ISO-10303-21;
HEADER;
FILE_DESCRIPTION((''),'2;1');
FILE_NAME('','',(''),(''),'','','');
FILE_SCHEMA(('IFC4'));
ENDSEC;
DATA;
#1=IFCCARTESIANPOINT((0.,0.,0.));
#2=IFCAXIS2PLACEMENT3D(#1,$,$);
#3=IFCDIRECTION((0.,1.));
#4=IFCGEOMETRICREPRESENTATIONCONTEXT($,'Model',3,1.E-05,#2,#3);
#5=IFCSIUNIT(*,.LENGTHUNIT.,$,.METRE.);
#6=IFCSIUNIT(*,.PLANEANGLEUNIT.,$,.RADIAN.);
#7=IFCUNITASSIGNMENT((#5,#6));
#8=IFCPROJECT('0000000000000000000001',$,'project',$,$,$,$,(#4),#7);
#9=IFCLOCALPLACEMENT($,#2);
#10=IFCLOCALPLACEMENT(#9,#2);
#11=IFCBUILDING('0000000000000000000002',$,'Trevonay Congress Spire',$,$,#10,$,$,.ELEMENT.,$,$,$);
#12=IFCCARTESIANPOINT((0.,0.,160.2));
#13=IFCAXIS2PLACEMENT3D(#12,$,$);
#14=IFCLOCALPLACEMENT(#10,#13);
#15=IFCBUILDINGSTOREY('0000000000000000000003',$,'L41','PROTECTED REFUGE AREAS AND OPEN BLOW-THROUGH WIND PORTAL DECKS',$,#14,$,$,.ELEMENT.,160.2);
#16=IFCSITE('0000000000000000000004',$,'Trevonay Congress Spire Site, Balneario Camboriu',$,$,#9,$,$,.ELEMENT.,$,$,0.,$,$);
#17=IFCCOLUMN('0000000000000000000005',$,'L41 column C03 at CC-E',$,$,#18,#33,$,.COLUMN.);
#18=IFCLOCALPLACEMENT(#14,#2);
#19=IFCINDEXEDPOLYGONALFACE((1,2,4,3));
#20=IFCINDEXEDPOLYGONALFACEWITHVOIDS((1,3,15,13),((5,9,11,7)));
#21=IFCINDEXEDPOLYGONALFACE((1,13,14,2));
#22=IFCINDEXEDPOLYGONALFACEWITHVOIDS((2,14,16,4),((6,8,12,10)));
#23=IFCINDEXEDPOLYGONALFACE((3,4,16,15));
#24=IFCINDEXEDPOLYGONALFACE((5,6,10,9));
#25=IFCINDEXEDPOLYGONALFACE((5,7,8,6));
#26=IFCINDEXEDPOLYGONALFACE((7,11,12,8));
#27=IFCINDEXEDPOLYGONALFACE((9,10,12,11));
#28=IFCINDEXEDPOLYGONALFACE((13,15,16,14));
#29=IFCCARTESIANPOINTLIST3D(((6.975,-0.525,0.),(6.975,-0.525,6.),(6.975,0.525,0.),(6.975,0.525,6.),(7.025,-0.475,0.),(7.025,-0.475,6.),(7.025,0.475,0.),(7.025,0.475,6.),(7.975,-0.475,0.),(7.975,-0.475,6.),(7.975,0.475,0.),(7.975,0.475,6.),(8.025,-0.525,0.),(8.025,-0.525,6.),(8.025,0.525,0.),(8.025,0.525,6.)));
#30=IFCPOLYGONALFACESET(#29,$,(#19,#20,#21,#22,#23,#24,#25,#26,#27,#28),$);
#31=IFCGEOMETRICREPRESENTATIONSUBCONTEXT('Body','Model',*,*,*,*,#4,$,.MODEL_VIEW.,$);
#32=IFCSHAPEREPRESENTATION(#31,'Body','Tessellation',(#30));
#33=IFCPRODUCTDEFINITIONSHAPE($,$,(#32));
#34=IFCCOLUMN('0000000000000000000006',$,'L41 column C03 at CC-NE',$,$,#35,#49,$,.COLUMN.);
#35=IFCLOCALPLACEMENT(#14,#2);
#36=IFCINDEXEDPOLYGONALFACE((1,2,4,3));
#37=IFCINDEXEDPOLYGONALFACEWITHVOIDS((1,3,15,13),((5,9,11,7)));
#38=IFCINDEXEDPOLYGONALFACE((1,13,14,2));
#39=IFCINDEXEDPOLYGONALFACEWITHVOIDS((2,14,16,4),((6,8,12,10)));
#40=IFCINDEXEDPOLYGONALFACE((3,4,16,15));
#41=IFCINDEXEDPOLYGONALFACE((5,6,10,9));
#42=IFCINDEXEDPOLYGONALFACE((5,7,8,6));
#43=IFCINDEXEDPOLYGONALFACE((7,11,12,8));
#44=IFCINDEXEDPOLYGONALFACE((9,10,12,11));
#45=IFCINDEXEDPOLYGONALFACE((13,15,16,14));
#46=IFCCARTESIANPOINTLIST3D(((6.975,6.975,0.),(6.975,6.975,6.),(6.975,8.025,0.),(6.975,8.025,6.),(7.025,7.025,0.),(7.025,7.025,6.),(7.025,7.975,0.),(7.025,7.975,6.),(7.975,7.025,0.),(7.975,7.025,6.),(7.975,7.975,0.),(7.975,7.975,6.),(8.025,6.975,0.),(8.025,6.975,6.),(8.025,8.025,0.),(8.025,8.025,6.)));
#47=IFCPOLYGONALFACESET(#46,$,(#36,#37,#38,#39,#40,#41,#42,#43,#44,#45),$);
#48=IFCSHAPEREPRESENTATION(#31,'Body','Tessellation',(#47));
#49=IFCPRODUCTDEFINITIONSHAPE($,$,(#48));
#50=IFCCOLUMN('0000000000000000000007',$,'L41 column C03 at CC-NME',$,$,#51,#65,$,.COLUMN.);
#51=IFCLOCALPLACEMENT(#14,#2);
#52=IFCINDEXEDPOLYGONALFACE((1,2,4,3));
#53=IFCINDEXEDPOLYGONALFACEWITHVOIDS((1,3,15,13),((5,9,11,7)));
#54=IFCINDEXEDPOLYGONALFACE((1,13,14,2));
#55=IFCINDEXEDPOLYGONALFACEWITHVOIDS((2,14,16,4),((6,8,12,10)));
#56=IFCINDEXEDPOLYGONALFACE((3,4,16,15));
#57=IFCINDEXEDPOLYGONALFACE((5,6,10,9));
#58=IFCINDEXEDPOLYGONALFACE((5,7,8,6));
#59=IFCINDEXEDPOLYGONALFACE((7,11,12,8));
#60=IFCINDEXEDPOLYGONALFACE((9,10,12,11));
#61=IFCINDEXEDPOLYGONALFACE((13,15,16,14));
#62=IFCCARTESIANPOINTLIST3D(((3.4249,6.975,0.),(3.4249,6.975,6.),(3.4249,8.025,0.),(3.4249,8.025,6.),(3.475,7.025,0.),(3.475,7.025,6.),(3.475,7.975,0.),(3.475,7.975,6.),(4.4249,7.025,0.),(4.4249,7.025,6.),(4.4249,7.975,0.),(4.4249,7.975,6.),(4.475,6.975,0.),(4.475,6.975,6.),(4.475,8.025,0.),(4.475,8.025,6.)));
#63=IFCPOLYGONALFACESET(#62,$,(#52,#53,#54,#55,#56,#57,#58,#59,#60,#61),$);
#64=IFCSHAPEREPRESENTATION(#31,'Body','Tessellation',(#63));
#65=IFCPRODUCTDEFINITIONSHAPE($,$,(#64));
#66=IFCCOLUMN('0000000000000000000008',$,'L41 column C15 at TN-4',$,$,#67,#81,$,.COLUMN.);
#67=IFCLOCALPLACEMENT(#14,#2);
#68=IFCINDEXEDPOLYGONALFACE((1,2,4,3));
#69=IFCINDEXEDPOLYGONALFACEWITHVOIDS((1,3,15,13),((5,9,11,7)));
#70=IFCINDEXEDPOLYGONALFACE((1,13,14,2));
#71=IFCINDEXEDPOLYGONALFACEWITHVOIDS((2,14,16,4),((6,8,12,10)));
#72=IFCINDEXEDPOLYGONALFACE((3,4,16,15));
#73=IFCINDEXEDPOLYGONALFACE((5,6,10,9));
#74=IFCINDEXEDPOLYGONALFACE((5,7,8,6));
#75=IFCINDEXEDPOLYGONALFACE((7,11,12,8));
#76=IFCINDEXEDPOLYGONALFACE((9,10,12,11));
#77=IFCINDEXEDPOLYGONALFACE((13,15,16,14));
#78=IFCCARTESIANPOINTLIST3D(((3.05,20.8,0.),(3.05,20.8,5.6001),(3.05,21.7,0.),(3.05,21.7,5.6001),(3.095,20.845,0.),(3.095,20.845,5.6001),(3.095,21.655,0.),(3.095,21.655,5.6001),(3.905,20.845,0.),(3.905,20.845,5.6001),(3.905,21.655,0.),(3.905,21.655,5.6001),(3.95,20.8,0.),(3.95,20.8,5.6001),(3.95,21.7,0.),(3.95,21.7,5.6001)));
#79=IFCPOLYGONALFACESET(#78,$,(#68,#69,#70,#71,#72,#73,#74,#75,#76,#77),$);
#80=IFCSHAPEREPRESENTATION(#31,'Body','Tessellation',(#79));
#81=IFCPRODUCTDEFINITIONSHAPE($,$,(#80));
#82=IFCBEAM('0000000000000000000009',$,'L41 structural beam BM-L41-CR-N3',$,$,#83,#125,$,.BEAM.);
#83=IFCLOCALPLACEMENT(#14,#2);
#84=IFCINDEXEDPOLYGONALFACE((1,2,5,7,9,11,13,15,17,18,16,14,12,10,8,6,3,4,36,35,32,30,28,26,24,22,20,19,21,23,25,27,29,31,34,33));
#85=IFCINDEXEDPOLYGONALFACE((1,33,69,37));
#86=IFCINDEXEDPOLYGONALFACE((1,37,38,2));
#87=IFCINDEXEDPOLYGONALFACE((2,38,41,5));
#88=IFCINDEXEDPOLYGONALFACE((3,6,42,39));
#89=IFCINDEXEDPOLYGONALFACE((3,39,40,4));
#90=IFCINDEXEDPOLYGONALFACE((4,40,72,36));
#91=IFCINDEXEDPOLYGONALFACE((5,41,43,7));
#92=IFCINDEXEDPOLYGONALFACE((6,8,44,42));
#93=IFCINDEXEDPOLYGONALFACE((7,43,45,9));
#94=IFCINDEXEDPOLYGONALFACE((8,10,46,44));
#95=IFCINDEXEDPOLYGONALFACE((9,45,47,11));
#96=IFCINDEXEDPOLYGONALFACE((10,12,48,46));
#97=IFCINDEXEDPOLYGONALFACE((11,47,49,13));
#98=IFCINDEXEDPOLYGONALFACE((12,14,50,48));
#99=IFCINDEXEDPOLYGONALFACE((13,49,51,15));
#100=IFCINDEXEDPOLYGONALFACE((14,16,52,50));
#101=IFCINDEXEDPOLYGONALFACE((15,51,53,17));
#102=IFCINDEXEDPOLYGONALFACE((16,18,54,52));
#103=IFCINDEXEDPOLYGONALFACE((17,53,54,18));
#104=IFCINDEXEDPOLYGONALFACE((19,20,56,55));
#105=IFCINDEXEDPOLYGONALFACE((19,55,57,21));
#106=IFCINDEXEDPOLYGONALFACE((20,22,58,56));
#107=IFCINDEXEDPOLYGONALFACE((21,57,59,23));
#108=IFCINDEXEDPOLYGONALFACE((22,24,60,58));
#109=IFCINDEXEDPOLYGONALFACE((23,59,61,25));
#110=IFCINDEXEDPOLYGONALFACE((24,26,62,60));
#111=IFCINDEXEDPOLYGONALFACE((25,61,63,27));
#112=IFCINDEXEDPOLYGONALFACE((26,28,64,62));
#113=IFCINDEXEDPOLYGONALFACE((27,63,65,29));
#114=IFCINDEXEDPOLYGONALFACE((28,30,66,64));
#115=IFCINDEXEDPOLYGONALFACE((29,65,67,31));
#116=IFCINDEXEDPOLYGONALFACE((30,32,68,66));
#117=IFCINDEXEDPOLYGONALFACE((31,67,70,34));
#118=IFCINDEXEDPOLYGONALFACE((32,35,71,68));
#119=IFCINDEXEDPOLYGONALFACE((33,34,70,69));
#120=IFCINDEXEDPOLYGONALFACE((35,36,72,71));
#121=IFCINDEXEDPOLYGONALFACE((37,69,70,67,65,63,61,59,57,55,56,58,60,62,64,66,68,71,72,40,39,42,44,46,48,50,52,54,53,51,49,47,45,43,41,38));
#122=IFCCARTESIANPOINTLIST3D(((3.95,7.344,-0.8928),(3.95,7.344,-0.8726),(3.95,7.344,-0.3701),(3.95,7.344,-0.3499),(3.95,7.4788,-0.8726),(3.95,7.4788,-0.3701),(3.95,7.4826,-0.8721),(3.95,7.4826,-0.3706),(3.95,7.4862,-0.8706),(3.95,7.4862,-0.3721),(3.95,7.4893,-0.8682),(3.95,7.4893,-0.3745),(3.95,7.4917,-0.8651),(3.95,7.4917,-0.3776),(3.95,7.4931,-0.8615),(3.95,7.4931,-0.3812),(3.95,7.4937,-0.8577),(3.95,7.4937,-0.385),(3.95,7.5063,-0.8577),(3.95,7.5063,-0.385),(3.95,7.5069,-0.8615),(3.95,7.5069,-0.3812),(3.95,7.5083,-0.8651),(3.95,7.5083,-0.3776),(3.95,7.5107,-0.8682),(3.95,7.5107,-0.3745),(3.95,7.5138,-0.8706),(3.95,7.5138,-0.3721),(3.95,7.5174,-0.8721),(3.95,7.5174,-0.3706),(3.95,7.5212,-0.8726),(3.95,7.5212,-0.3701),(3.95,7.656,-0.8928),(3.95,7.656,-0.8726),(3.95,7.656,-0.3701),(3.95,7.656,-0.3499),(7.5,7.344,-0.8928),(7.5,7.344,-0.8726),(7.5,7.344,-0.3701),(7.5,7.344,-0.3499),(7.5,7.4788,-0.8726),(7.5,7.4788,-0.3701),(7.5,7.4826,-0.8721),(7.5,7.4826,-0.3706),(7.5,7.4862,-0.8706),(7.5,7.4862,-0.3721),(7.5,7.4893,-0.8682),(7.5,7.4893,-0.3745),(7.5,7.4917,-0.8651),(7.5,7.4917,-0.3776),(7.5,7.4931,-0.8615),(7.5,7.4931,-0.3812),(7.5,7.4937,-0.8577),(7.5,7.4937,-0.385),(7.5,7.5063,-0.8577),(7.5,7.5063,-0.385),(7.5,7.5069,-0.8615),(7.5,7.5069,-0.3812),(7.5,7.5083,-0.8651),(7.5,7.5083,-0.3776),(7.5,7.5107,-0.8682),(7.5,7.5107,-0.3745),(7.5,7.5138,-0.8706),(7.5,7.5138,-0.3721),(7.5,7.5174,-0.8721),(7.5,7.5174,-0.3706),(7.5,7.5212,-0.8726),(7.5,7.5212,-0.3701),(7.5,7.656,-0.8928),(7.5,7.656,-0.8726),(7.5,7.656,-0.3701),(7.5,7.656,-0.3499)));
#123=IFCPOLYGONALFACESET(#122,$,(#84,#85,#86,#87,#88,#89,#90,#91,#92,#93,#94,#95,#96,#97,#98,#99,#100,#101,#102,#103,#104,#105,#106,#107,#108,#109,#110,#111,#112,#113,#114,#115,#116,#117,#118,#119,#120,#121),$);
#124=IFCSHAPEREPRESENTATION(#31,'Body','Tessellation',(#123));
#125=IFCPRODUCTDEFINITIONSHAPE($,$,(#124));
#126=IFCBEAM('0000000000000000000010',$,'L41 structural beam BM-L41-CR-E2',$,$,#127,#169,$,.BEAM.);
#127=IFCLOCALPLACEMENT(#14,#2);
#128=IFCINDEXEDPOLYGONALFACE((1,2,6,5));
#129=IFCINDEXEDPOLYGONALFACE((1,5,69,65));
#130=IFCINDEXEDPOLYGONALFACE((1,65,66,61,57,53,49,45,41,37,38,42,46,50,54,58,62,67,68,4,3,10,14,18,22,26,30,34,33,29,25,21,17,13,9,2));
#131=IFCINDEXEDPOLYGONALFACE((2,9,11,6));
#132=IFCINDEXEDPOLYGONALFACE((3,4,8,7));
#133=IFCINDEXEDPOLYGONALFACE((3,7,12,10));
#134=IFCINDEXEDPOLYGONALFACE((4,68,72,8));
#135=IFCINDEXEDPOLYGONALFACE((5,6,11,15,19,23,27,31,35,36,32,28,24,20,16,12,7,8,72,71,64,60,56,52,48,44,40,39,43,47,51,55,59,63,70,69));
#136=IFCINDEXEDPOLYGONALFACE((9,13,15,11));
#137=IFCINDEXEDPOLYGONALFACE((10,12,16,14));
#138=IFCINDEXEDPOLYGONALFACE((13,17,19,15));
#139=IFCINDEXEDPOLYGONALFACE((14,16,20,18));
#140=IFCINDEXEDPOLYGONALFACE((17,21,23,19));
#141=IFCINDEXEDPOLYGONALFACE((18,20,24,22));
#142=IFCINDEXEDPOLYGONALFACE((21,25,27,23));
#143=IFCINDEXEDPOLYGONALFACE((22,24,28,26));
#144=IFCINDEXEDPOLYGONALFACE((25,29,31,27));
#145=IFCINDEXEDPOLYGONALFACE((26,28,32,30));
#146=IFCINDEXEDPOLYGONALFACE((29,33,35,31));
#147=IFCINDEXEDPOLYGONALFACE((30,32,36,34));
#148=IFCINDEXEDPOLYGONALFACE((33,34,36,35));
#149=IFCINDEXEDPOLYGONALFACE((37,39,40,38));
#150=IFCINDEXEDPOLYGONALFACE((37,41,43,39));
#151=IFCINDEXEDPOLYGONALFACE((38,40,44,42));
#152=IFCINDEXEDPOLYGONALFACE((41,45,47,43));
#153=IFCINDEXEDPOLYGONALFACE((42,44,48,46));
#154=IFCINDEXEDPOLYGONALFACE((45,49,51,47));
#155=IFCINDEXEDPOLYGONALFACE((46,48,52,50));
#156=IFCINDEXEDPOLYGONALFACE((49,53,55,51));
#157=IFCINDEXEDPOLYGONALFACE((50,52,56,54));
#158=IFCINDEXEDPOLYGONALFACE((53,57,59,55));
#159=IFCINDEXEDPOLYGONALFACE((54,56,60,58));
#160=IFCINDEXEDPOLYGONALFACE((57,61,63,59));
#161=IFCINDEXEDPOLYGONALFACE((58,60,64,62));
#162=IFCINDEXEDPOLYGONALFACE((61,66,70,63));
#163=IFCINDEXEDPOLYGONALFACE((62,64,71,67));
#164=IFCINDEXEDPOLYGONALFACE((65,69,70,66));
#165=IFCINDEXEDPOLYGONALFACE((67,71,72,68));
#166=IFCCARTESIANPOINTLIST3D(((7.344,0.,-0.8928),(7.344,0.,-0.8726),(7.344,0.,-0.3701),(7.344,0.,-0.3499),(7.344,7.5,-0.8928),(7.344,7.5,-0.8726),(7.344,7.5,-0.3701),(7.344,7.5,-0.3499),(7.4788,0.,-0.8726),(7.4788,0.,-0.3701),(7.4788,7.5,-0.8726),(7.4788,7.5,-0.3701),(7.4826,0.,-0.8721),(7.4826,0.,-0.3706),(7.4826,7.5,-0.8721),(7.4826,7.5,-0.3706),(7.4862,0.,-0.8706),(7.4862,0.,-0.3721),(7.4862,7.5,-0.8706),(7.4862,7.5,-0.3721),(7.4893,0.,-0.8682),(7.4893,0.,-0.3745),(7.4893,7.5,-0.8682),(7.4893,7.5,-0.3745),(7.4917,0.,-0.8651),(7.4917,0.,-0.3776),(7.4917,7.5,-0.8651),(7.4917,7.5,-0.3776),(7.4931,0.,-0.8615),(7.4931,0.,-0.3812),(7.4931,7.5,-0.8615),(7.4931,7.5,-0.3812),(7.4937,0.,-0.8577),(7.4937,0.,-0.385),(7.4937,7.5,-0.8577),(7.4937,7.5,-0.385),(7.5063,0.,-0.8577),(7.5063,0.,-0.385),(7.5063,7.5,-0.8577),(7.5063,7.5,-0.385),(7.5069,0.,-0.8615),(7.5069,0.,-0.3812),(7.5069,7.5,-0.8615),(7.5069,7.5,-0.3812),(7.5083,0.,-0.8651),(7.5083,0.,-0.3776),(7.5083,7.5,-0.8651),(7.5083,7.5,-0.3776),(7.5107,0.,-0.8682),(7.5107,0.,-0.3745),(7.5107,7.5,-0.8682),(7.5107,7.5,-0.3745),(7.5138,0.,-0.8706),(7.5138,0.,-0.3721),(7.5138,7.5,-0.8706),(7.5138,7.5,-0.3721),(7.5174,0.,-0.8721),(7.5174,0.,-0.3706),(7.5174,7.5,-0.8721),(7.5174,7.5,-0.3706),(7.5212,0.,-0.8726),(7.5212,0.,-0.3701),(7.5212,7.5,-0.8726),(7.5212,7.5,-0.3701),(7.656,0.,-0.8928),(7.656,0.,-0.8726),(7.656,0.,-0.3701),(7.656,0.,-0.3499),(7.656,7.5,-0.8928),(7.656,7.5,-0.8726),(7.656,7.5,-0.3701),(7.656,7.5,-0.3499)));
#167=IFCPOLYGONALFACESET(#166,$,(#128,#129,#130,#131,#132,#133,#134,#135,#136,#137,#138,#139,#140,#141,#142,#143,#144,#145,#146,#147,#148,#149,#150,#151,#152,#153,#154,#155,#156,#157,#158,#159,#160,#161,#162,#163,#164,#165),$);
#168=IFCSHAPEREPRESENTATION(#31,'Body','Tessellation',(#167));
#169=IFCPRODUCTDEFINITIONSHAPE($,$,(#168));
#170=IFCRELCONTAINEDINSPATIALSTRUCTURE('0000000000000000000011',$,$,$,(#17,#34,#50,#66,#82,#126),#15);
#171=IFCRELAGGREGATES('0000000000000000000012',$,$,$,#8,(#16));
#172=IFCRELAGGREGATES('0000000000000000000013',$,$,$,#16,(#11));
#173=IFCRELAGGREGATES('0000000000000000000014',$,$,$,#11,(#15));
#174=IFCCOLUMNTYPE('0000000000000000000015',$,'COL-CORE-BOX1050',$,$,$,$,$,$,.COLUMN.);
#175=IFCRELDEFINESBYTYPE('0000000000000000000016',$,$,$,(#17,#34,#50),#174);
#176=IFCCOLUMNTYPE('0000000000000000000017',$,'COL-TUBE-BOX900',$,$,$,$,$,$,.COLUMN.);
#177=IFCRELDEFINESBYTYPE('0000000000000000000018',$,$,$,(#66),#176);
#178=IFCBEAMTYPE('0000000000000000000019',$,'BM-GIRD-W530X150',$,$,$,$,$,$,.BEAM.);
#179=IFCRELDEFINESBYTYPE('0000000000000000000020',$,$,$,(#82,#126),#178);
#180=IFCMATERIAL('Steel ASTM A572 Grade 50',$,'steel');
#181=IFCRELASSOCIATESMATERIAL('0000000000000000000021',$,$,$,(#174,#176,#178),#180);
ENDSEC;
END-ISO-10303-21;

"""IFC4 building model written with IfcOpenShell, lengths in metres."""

from ifc_helpers import new_model, si_unit, direction, frame, origin, origin_2d, place, context, subcontext, project, spatial, hollow_rectangle, i_section, extrude, material, material_profile, profile_set, type_object, element, save


model = new_model("IFC4")

# Units and contexts
model_context = context("Model", 3, precision=1e-05, world=origin(), true_north=direction((0.0, 1.0)))
body_context = subcontext(model_context, "Body", "Model", "MODEL_VIEW")
ifc_project = project(units=[si_unit("LENGTHUNIT", "METRE"), si_unit("PLANEANGLEUNIT", "RADIAN")], contexts=[model_context])

# Site, building, storey
site_placement = place(None, origin())
site = spatial("IfcSite", under=ifc_project, at=site_placement, Name="Trevonay Congress Spire Site, Balneario Camboriu", CompositionType="ELEMENT", RefElevation=0.0)
building_placement = place(site_placement, origin())
building = spatial("IfcBuilding", under=site, at=building_placement, Name="Trevonay Congress Spire", CompositionType="ELEMENT")
storey_placement = place(building_placement, frame((0.0, 0.0, 160.2)))
storey = spatial("IfcBuildingStorey", under=building, at=storey_placement, Name="L41", Description="PROTECTED REFUGE AREAS AND OPEN BLOW-THROUGH WIND PORTAL DECKS", CompositionType="ELEMENT", Elevation=160.2)

# Columns
ifc_material_1 = material(Name="Steel ASTM A572 Grade 50", Category="steel")
ifc_material_profile_1 = material_profile(ifc_material_1, hollow_rectangle(XDim=1.05, YDim=1.05, WallThickness=0.05, at=origin_2d()), Name="BOX 1050x1050x50")
ifc_profile_set_1 = profile_set([ifc_material_profile_1], Name="Steel ASTM A572 Grade 50")
column_type_1 = type_object("IfcColumnType", Name="COL-CORE-BOX1050", PredefinedType="COLUMN", material=ifc_profile_set_1)
for number, where, z_axis, x_axis, name in (
    (1, (7.5, 0.0, 0.0), (0.0, 0.0, 1.0), (1.0, 0.0, 0.0), "L41 column C03 at CC-E"),
    (2, (7.5, 7.5, 0.0), (0.0, 0.0, 1.0), (1.0, 0.0, 0.0), "L41 column C03 at CC-NE"),
    (3, (3.95, 7.5, 0.0), (0.0, 0.0, 1.0), (1.0, 0.0, 0.0), "L41 column C03 at CC-NME"),
):
    element("IfcColumn", number, at=place(storey_placement, frame(where, z_axis=z_axis, x_axis=x_axis)), inside=storey, type_object=column_type_1, Name=name, PredefinedType="COLUMN", context=body_context, shape_type="SweptSolid", body=[
        extrude(hollow_rectangle(XDim=1.05, YDim=1.05, WallThickness=0.05, at=origin_2d()), origin(), (0.0, 0.0, 1.0), 6.0),
    ])
ifc_material_profile_2 = material_profile(ifc_material_1, hollow_rectangle(XDim=0.8999, YDim=0.8999, WallThickness=0.0449, at=origin_2d()), Name="BOX 900x900x45")
ifc_profile_set_2 = profile_set([ifc_material_profile_2], Name="Steel ASTM A572 Grade 50")
column_type_2 = type_object("IfcColumnType", Name="COL-TUBE-BOX900", PredefinedType="COLUMN", material=ifc_profile_set_2)
column_placement = place(storey_placement, frame((3.5, 21.25, 0.0), z_axis=(0.0, 0.0, 1.0), x_axis=(1.0, 0.0, 0.0)))
element("IfcColumn", 4, at=column_placement, inside=storey, type_object=column_type_2, Name="L41 column C15 at TN-4", PredefinedType="COLUMN", context=body_context, shape_type="SweptSolid", body=[
    extrude(hollow_rectangle(XDim=0.8999, YDim=0.8999, WallThickness=0.0449, at=origin_2d()), origin(), (0.0, 0.0, 1.0), 5.6001),
])

# Beams
ifc_material_profile_3 = material_profile(ifc_material_1, i_section(OverallWidth=0.312, OverallDepth=0.543, WebThickness=0.0127, FlangeThickness=0.0203, FilletRadius=0.0149, at=origin_2d()), Name="W530x150")
ifc_profile_set_3 = profile_set([ifc_material_profile_3], Name="Steel ASTM A572 Grade 50")
beam_type_1 = type_object("IfcBeamType", Name="BM-GIRD-W530X150", PredefinedType="BEAM", material=ifc_profile_set_3)
beam_1_placement = place(storey_placement, frame((3.95, 7.5, -0.6213), z_axis=(1.0, 0.0, 0.0), x_axis=(0.0, 1.0, 0.0)))
element("IfcBeam", 5, at=beam_1_placement, inside=storey, type_object=beam_type_1, Name="L41 structural beam BM-L41-CR-N3", PredefinedType="BEAM", context=body_context, shape_type="SweptSolid", body=[
    extrude(i_section(OverallWidth=0.312, OverallDepth=0.543, WebThickness=0.0127, FlangeThickness=0.0203, FilletRadius=0.0149, at=origin_2d()), origin(), (0.0, 0.0, 1.0), 3.55),
])
beam_2_placement = place(storey_placement, frame((7.5, 0.0, -0.6213), z_axis=(0.0, 1.0, 0.0), x_axis=(-1.0, 0.0, 0.0)))
element("IfcBeam", 6, at=beam_2_placement, inside=storey, type_object=beam_type_1, Name="L41 structural beam BM-L41-CR-E2", PredefinedType="BEAM", context=body_context, shape_type="SweptSolid", body=[
    extrude(i_section(OverallWidth=0.312, OverallDepth=0.543, WebThickness=0.0127, FlangeThickness=0.0203, FilletRadius=0.0149, at=origin_2d()), origin(), (0.0, 0.0, 1.0), 7.5),
])

save(model, "model.ifc")
